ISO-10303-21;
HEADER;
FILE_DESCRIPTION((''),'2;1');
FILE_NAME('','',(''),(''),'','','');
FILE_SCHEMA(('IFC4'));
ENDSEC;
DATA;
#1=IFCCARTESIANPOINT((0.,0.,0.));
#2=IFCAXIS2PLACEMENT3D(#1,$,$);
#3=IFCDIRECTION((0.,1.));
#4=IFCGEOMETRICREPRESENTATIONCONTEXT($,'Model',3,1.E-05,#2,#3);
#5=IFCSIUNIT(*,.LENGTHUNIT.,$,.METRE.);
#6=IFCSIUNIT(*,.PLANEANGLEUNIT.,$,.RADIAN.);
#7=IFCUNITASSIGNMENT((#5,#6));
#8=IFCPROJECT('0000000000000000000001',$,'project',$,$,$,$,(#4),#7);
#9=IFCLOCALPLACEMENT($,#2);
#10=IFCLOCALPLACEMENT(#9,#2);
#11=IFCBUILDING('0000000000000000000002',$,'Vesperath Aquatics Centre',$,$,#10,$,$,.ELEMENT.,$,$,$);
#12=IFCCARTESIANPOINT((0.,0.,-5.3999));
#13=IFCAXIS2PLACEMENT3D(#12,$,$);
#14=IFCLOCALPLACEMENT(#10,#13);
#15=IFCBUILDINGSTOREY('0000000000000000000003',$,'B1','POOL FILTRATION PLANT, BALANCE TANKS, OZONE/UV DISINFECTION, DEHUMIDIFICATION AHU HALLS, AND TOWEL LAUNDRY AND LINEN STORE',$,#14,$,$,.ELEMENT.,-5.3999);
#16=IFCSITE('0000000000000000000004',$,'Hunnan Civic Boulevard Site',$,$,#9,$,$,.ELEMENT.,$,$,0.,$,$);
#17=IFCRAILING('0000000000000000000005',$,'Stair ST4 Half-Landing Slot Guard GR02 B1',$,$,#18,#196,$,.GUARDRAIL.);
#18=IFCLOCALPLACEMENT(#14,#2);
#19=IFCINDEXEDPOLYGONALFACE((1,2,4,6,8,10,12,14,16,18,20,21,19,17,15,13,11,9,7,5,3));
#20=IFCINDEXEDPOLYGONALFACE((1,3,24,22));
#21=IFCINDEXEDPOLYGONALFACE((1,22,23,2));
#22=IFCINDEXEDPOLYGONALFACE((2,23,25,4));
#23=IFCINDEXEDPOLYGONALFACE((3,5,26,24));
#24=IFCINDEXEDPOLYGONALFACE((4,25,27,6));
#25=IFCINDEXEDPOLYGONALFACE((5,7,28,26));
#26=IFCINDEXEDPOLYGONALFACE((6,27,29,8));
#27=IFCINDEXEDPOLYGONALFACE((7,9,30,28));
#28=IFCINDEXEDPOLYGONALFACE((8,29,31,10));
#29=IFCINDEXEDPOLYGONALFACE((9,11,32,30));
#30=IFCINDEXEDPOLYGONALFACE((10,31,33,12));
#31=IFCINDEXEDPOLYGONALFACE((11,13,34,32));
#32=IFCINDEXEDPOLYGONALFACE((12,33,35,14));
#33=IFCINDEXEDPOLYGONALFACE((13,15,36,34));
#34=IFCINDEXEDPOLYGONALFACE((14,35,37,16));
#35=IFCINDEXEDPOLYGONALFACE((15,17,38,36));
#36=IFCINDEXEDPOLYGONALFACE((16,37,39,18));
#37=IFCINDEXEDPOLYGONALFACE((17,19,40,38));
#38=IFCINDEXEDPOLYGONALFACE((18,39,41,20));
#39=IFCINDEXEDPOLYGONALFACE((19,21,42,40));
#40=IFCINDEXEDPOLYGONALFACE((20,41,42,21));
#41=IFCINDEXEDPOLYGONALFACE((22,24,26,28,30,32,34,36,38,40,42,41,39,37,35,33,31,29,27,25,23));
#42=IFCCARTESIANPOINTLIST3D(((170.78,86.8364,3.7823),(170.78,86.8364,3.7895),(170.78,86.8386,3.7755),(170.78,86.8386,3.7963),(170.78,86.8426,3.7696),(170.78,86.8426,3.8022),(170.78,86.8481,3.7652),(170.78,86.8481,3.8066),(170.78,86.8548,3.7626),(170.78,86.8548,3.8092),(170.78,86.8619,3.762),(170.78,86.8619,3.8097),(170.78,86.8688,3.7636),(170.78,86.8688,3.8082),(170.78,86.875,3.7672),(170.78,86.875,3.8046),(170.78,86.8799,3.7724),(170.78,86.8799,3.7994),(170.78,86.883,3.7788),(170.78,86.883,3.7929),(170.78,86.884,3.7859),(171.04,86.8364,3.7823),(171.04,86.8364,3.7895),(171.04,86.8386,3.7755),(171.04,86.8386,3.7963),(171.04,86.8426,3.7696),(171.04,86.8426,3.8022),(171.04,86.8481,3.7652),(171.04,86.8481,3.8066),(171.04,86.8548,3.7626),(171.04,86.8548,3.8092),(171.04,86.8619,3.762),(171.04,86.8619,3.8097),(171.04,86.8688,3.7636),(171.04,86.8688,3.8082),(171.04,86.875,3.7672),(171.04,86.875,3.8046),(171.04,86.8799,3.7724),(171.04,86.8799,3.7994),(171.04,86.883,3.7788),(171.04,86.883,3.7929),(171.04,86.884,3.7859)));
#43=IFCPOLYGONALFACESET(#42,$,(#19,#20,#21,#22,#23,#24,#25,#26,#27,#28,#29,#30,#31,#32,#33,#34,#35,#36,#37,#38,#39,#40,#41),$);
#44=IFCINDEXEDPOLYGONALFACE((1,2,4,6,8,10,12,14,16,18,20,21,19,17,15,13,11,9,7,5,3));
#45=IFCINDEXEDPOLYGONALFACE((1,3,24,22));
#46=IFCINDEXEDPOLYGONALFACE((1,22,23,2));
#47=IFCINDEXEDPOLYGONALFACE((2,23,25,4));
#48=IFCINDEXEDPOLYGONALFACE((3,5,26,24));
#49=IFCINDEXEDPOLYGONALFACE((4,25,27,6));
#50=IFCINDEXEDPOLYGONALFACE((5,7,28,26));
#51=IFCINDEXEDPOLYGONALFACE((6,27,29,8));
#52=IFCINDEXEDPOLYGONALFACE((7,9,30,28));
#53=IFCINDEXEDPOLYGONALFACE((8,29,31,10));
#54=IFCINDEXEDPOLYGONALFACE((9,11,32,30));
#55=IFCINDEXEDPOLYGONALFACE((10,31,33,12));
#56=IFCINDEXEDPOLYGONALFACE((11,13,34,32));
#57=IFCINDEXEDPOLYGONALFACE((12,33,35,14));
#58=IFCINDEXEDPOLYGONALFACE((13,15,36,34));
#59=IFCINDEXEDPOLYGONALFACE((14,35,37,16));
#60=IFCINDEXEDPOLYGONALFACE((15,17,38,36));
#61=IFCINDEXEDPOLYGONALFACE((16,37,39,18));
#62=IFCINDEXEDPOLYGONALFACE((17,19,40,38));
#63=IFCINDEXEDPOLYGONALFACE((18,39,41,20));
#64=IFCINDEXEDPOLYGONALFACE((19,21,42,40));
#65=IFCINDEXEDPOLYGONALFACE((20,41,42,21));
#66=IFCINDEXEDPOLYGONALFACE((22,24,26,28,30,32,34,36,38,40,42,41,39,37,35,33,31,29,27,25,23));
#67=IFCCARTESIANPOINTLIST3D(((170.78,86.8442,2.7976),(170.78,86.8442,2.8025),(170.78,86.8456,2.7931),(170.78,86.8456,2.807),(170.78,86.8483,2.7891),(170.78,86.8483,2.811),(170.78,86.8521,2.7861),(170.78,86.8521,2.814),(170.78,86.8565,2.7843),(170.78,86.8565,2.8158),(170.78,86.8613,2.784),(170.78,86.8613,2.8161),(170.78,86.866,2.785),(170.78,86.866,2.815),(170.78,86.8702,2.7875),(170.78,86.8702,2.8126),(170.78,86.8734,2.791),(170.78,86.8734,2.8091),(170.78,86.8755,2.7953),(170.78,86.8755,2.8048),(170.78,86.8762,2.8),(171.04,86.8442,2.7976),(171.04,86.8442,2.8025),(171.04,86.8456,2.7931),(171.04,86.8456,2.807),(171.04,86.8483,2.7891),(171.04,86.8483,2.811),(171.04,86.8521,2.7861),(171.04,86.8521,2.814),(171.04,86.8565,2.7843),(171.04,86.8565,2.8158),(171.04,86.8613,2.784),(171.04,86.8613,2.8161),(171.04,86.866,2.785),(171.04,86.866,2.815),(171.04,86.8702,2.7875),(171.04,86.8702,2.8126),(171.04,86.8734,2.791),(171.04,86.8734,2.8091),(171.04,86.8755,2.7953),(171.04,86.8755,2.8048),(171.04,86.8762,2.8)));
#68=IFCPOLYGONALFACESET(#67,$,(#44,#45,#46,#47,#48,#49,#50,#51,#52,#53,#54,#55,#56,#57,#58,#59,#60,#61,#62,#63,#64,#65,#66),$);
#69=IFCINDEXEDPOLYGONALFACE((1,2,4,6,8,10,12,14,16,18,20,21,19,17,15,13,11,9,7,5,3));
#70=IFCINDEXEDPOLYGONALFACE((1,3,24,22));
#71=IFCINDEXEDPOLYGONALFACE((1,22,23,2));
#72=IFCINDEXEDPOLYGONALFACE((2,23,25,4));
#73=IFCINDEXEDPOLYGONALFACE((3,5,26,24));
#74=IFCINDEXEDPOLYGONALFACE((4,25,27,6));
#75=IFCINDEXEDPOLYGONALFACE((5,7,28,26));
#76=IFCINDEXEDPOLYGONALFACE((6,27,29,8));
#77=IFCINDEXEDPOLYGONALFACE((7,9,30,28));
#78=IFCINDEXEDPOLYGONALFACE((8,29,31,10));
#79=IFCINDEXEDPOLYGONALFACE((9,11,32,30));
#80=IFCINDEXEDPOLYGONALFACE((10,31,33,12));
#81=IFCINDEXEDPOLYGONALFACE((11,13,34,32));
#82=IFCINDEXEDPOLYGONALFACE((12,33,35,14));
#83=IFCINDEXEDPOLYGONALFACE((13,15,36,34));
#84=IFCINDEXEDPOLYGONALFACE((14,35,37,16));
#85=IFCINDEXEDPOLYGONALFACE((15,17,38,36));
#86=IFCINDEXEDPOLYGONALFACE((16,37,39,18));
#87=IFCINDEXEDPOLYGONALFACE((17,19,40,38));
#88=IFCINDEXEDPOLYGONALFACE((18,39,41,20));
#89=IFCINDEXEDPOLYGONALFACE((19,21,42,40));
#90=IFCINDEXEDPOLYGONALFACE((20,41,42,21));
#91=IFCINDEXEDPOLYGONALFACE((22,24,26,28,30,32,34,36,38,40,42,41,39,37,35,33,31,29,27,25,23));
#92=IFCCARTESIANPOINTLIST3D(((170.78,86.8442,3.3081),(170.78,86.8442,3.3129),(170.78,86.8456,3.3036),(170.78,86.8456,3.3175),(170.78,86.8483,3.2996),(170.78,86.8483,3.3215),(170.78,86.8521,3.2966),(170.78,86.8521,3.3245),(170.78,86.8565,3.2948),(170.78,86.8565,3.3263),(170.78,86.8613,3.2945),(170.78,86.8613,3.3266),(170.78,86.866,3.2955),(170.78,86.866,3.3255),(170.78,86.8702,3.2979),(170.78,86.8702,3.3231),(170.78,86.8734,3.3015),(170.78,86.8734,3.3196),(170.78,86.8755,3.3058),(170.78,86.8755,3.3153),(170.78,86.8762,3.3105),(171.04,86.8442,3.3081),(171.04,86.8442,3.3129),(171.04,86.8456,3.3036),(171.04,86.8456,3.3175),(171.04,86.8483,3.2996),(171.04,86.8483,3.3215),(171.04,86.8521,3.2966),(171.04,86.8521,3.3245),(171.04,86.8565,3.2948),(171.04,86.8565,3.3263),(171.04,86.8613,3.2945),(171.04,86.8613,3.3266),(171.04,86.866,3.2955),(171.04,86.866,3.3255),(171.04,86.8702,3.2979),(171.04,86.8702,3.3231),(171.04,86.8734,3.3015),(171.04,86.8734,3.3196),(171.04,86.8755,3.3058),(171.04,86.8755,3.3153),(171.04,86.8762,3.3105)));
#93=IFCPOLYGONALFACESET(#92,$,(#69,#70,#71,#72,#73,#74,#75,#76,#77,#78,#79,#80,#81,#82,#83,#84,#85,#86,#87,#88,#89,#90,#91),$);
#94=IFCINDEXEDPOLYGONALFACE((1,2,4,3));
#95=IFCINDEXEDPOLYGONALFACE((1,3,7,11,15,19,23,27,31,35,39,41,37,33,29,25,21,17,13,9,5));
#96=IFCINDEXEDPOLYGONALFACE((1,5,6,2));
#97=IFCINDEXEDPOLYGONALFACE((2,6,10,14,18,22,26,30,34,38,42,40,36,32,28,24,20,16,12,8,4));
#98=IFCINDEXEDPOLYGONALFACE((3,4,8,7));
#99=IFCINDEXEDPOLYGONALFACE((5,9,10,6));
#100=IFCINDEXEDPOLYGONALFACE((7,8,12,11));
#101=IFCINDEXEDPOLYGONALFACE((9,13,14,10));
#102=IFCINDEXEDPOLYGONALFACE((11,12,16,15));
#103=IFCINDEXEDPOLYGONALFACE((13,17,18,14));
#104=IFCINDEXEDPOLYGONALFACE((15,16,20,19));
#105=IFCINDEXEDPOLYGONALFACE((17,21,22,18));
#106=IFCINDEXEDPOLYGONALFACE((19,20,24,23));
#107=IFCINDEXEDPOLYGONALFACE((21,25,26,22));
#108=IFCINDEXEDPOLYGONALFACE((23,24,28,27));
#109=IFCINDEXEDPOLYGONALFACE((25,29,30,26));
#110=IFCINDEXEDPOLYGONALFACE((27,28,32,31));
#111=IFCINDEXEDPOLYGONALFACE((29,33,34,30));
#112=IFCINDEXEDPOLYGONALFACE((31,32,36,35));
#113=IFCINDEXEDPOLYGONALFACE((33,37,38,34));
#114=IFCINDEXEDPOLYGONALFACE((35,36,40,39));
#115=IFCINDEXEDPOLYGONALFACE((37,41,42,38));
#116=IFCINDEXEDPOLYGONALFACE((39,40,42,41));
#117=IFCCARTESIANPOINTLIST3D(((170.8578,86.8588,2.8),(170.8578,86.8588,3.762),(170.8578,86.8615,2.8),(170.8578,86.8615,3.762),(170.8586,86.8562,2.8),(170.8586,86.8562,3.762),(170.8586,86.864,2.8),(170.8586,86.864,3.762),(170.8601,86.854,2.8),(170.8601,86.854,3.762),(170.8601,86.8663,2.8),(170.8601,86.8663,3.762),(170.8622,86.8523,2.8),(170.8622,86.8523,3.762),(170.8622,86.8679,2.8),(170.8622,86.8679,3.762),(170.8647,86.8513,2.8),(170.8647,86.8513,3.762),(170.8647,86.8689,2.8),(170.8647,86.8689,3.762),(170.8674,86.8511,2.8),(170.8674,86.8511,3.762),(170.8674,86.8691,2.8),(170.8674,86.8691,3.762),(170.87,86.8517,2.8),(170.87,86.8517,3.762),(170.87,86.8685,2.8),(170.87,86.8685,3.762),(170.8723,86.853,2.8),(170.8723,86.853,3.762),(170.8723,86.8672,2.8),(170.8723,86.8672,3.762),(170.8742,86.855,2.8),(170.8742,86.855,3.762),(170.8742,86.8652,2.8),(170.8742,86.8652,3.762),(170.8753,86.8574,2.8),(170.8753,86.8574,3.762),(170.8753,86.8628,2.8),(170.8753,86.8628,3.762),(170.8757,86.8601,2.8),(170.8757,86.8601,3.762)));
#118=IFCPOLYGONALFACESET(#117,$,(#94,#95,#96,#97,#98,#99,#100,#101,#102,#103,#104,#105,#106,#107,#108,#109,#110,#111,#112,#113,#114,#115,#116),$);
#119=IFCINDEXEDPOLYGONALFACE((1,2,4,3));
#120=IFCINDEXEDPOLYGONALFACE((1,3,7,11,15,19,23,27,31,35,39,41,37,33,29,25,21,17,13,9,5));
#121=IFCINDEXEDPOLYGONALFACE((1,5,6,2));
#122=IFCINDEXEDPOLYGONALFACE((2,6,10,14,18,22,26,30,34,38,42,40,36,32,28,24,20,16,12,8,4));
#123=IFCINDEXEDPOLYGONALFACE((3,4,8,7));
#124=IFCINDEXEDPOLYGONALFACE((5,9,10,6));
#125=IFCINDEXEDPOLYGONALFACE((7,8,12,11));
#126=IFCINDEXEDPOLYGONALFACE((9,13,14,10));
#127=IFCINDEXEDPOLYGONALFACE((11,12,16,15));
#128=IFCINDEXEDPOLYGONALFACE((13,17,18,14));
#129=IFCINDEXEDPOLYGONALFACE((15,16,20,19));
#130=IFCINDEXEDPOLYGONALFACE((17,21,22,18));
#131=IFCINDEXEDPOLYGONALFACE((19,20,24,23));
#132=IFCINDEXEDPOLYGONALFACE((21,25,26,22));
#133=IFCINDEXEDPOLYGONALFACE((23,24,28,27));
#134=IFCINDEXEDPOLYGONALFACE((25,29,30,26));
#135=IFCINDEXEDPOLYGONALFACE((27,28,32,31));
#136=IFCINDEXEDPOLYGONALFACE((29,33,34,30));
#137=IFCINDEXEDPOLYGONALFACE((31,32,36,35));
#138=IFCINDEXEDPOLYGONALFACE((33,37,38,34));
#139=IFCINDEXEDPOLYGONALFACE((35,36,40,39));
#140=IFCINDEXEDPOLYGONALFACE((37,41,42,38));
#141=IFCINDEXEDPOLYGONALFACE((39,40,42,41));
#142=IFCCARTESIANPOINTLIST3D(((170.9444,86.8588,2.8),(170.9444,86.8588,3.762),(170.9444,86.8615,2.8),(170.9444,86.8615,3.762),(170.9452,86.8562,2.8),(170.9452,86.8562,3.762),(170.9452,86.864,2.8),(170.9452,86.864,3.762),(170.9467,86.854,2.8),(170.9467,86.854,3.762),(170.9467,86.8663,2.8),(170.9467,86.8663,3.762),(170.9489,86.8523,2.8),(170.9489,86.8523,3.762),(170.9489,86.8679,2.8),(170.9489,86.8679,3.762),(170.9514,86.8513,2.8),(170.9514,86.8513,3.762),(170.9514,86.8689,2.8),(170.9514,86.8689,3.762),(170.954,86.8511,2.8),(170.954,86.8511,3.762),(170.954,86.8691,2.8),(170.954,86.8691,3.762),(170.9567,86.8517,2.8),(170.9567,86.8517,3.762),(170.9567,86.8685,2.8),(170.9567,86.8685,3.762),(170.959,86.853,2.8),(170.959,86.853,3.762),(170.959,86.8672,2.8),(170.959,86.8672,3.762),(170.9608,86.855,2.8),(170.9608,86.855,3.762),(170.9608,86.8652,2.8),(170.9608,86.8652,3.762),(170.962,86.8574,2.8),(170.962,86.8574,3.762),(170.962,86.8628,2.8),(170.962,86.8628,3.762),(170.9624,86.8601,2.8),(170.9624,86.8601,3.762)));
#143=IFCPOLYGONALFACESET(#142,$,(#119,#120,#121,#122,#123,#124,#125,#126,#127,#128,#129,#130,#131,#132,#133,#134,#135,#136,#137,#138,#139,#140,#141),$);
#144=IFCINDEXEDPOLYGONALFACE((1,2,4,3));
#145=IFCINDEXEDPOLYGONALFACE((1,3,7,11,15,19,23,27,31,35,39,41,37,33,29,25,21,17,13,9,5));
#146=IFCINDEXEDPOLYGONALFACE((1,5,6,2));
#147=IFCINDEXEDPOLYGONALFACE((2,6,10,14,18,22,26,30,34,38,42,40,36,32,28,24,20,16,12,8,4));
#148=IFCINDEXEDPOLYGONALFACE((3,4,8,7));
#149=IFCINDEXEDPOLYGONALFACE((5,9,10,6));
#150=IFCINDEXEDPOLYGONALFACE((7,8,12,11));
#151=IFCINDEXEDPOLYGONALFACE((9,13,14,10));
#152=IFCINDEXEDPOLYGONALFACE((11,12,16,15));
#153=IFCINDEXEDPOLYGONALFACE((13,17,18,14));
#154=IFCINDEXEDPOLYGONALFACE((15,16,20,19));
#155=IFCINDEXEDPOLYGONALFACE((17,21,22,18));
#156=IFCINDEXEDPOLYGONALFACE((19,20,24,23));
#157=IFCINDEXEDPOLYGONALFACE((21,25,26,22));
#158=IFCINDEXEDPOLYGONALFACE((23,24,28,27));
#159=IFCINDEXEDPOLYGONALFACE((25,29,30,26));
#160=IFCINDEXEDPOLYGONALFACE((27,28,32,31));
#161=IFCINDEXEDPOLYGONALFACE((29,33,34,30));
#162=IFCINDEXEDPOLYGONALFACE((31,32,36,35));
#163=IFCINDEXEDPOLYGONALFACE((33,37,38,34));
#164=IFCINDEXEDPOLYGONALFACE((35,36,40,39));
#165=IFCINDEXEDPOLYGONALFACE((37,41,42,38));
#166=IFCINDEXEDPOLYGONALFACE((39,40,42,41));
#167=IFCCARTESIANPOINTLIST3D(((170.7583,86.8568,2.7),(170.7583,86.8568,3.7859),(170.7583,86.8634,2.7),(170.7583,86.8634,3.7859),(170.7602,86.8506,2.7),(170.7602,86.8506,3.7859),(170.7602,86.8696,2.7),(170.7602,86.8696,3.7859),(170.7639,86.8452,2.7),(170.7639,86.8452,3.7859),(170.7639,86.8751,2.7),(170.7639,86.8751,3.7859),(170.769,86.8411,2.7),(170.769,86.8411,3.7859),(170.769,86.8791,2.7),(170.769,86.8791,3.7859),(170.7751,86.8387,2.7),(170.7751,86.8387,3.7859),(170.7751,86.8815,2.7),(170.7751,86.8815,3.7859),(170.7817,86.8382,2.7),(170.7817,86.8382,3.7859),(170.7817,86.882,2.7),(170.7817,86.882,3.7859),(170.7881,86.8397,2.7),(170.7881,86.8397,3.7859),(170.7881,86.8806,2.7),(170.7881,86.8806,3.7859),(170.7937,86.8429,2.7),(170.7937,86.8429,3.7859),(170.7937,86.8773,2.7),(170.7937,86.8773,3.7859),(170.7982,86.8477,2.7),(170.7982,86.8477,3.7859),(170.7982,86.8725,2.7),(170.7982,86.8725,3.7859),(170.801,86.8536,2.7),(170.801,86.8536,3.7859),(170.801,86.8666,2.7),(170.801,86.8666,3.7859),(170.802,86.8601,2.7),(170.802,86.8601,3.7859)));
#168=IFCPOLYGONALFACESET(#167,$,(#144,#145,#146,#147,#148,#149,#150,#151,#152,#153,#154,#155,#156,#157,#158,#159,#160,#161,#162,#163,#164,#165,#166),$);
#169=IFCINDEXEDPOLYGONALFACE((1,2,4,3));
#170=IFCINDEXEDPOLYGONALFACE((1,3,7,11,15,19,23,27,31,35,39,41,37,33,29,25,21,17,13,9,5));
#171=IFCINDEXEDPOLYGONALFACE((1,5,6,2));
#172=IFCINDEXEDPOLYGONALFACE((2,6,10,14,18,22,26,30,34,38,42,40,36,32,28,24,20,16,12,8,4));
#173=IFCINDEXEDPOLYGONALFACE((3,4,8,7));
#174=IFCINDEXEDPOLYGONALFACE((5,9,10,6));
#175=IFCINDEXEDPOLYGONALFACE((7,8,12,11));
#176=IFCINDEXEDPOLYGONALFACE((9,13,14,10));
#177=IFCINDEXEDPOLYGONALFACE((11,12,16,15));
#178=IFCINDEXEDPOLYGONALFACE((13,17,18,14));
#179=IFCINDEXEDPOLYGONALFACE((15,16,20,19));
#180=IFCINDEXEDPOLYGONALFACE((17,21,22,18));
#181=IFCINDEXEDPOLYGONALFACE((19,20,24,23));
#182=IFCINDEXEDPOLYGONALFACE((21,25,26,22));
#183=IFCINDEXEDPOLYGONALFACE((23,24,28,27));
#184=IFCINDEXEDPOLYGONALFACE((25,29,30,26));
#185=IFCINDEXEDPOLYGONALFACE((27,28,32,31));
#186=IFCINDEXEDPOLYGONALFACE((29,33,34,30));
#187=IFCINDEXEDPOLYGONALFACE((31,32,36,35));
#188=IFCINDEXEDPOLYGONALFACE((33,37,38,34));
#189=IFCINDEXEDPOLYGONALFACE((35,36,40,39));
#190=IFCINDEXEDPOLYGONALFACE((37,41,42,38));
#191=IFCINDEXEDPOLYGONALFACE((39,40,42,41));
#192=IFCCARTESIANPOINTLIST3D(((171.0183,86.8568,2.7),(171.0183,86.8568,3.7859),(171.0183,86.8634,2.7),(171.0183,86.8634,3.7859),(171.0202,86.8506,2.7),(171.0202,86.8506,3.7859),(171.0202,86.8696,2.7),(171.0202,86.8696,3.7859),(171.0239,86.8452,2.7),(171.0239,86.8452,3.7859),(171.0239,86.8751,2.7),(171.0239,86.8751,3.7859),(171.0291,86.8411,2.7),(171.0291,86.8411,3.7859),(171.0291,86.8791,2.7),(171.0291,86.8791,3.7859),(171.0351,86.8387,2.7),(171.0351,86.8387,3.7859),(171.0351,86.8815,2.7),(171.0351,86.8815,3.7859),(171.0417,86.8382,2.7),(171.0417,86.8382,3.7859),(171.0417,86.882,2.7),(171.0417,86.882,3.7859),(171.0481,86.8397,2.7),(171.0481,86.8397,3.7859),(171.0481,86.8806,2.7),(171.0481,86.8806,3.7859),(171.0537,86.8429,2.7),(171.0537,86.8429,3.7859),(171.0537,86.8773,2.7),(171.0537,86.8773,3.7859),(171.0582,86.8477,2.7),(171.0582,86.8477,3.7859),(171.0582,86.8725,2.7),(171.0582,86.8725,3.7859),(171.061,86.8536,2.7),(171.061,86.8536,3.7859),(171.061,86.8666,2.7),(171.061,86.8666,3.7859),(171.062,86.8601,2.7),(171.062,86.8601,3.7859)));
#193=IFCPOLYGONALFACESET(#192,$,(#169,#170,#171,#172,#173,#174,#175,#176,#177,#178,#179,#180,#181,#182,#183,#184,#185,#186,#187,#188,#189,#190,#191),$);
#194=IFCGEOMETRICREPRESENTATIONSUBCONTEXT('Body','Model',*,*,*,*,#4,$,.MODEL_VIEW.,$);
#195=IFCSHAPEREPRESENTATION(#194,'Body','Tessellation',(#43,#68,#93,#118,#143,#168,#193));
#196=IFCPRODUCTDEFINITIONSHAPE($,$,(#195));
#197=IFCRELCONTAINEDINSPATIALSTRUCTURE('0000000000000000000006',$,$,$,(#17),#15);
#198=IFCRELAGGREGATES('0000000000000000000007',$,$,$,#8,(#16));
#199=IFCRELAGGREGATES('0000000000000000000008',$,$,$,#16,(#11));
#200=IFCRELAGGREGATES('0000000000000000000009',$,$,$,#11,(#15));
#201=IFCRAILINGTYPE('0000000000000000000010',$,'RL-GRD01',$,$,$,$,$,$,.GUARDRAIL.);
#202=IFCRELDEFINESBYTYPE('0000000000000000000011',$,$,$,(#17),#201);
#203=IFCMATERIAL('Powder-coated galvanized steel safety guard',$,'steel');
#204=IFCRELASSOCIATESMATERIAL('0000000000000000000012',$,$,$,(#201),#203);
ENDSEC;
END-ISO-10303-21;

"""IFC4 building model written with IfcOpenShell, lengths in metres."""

from ifc_helpers import new_model, si_unit, direction, frame, origin, origin_2d, place, context, subcontext, project, spatial, circle, extrude, material, type_object, element, save


model = new_model("IFC4")

# Units and contexts
model_context = context("Model", 3, precision=1e-05, world=origin(), true_north=direction((0.0, 1.0)))
body_context = subcontext(model_context, "Body", "Model", "MODEL_VIEW")
ifc_project = project(units=[si_unit("LENGTHUNIT", "METRE"), si_unit("PLANEANGLEUNIT", "RADIAN")], contexts=[model_context])

# Site, building, storey
site_placement = place(None, origin())
site = spatial("IfcSite", under=ifc_project, at=site_placement, Name="Hunnan Civic Boulevard Site", CompositionType="ELEMENT", RefElevation=0.0)
building_placement = place(site_placement, origin())
building = spatial("IfcBuilding", under=site, at=building_placement, Name="Vesperath Aquatics Centre", CompositionType="ELEMENT")
storey_placement = place(building_placement, frame((0.0, 0.0, -5.3999)))
storey = spatial("IfcBuildingStorey", under=building, at=storey_placement, Name="B1", Description="POOL FILTRATION PLANT, BALANCE TANKS, OZONE/UV DISINFECTION, DEHUMIDIFICATION AHU HALLS, AND TOWEL LAUNDRY AND LINEN STORE", CompositionType="ELEMENT", Elevation=-5.3999)

# Railing
ifc_material_1 = material(Name="Powder-coated galvanized steel safety guard", Category="steel")
railing_type_1 = type_object("IfcRailingType", Name="RL-GRD01", PredefinedType="GUARDRAIL", material=ifc_material_1)
railing_1_placement = place(storey_placement, frame((170.78, 86.8601, 2.7)))
element("IfcRailing", 1, at=railing_1_placement, inside=storey, type_object=railing_type_1, Name="Stair ST4 Half-Landing Slot Guard GR02 B1", PredefinedType="GUARDRAIL", context=body_context, shape_type="SweptSolid", body=[
    extrude(circle(Radius=0.0239, at=origin_2d()), frame((0.0, 0.0, 1.0859), z_axis=(1.0, 0.0, 0.0), x_axis=(0.0, 1.0, 0.0)), (0.0, 0.0, 1.0), 0.26),
    extrude(circle(Radius=0.0161, at=origin_2d()), frame((0.0, 0.0, 0.1001), z_axis=(1.0, 0.0, 0.0), x_axis=(0.0, 1.0, 0.0)), (0.0, 0.0, 1.0), 0.26),
    extrude(circle(Radius=0.0161, at=origin_2d()), frame((0.0, 0.0, 0.6106), z_axis=(1.0, 0.0, 0.0), x_axis=(0.0, 1.0, 0.0)), (0.0, 0.0, 1.0), 0.26),
    extrude(circle(Radius=0.009, at=origin_2d()), frame((0.0867, 0.0, 0.1001)), (0.0, 0.0, 1.0), 0.9619),
    extrude(circle(Radius=0.009, at=origin_2d()), frame((0.1733, 0.0, 0.1001)), (0.0, 0.0, 1.0), 0.9619),
    extrude(circle(Radius=0.022, at=origin_2d()), origin(), (0.0, 0.0, 1.0), 1.0859),
    extrude(circle(Radius=0.022, at=origin_2d()), frame((0.26, 0.0, 0.0)), (0.0, 0.0, 1.0), 1.0859),
])

save(model, "model.ifc")
